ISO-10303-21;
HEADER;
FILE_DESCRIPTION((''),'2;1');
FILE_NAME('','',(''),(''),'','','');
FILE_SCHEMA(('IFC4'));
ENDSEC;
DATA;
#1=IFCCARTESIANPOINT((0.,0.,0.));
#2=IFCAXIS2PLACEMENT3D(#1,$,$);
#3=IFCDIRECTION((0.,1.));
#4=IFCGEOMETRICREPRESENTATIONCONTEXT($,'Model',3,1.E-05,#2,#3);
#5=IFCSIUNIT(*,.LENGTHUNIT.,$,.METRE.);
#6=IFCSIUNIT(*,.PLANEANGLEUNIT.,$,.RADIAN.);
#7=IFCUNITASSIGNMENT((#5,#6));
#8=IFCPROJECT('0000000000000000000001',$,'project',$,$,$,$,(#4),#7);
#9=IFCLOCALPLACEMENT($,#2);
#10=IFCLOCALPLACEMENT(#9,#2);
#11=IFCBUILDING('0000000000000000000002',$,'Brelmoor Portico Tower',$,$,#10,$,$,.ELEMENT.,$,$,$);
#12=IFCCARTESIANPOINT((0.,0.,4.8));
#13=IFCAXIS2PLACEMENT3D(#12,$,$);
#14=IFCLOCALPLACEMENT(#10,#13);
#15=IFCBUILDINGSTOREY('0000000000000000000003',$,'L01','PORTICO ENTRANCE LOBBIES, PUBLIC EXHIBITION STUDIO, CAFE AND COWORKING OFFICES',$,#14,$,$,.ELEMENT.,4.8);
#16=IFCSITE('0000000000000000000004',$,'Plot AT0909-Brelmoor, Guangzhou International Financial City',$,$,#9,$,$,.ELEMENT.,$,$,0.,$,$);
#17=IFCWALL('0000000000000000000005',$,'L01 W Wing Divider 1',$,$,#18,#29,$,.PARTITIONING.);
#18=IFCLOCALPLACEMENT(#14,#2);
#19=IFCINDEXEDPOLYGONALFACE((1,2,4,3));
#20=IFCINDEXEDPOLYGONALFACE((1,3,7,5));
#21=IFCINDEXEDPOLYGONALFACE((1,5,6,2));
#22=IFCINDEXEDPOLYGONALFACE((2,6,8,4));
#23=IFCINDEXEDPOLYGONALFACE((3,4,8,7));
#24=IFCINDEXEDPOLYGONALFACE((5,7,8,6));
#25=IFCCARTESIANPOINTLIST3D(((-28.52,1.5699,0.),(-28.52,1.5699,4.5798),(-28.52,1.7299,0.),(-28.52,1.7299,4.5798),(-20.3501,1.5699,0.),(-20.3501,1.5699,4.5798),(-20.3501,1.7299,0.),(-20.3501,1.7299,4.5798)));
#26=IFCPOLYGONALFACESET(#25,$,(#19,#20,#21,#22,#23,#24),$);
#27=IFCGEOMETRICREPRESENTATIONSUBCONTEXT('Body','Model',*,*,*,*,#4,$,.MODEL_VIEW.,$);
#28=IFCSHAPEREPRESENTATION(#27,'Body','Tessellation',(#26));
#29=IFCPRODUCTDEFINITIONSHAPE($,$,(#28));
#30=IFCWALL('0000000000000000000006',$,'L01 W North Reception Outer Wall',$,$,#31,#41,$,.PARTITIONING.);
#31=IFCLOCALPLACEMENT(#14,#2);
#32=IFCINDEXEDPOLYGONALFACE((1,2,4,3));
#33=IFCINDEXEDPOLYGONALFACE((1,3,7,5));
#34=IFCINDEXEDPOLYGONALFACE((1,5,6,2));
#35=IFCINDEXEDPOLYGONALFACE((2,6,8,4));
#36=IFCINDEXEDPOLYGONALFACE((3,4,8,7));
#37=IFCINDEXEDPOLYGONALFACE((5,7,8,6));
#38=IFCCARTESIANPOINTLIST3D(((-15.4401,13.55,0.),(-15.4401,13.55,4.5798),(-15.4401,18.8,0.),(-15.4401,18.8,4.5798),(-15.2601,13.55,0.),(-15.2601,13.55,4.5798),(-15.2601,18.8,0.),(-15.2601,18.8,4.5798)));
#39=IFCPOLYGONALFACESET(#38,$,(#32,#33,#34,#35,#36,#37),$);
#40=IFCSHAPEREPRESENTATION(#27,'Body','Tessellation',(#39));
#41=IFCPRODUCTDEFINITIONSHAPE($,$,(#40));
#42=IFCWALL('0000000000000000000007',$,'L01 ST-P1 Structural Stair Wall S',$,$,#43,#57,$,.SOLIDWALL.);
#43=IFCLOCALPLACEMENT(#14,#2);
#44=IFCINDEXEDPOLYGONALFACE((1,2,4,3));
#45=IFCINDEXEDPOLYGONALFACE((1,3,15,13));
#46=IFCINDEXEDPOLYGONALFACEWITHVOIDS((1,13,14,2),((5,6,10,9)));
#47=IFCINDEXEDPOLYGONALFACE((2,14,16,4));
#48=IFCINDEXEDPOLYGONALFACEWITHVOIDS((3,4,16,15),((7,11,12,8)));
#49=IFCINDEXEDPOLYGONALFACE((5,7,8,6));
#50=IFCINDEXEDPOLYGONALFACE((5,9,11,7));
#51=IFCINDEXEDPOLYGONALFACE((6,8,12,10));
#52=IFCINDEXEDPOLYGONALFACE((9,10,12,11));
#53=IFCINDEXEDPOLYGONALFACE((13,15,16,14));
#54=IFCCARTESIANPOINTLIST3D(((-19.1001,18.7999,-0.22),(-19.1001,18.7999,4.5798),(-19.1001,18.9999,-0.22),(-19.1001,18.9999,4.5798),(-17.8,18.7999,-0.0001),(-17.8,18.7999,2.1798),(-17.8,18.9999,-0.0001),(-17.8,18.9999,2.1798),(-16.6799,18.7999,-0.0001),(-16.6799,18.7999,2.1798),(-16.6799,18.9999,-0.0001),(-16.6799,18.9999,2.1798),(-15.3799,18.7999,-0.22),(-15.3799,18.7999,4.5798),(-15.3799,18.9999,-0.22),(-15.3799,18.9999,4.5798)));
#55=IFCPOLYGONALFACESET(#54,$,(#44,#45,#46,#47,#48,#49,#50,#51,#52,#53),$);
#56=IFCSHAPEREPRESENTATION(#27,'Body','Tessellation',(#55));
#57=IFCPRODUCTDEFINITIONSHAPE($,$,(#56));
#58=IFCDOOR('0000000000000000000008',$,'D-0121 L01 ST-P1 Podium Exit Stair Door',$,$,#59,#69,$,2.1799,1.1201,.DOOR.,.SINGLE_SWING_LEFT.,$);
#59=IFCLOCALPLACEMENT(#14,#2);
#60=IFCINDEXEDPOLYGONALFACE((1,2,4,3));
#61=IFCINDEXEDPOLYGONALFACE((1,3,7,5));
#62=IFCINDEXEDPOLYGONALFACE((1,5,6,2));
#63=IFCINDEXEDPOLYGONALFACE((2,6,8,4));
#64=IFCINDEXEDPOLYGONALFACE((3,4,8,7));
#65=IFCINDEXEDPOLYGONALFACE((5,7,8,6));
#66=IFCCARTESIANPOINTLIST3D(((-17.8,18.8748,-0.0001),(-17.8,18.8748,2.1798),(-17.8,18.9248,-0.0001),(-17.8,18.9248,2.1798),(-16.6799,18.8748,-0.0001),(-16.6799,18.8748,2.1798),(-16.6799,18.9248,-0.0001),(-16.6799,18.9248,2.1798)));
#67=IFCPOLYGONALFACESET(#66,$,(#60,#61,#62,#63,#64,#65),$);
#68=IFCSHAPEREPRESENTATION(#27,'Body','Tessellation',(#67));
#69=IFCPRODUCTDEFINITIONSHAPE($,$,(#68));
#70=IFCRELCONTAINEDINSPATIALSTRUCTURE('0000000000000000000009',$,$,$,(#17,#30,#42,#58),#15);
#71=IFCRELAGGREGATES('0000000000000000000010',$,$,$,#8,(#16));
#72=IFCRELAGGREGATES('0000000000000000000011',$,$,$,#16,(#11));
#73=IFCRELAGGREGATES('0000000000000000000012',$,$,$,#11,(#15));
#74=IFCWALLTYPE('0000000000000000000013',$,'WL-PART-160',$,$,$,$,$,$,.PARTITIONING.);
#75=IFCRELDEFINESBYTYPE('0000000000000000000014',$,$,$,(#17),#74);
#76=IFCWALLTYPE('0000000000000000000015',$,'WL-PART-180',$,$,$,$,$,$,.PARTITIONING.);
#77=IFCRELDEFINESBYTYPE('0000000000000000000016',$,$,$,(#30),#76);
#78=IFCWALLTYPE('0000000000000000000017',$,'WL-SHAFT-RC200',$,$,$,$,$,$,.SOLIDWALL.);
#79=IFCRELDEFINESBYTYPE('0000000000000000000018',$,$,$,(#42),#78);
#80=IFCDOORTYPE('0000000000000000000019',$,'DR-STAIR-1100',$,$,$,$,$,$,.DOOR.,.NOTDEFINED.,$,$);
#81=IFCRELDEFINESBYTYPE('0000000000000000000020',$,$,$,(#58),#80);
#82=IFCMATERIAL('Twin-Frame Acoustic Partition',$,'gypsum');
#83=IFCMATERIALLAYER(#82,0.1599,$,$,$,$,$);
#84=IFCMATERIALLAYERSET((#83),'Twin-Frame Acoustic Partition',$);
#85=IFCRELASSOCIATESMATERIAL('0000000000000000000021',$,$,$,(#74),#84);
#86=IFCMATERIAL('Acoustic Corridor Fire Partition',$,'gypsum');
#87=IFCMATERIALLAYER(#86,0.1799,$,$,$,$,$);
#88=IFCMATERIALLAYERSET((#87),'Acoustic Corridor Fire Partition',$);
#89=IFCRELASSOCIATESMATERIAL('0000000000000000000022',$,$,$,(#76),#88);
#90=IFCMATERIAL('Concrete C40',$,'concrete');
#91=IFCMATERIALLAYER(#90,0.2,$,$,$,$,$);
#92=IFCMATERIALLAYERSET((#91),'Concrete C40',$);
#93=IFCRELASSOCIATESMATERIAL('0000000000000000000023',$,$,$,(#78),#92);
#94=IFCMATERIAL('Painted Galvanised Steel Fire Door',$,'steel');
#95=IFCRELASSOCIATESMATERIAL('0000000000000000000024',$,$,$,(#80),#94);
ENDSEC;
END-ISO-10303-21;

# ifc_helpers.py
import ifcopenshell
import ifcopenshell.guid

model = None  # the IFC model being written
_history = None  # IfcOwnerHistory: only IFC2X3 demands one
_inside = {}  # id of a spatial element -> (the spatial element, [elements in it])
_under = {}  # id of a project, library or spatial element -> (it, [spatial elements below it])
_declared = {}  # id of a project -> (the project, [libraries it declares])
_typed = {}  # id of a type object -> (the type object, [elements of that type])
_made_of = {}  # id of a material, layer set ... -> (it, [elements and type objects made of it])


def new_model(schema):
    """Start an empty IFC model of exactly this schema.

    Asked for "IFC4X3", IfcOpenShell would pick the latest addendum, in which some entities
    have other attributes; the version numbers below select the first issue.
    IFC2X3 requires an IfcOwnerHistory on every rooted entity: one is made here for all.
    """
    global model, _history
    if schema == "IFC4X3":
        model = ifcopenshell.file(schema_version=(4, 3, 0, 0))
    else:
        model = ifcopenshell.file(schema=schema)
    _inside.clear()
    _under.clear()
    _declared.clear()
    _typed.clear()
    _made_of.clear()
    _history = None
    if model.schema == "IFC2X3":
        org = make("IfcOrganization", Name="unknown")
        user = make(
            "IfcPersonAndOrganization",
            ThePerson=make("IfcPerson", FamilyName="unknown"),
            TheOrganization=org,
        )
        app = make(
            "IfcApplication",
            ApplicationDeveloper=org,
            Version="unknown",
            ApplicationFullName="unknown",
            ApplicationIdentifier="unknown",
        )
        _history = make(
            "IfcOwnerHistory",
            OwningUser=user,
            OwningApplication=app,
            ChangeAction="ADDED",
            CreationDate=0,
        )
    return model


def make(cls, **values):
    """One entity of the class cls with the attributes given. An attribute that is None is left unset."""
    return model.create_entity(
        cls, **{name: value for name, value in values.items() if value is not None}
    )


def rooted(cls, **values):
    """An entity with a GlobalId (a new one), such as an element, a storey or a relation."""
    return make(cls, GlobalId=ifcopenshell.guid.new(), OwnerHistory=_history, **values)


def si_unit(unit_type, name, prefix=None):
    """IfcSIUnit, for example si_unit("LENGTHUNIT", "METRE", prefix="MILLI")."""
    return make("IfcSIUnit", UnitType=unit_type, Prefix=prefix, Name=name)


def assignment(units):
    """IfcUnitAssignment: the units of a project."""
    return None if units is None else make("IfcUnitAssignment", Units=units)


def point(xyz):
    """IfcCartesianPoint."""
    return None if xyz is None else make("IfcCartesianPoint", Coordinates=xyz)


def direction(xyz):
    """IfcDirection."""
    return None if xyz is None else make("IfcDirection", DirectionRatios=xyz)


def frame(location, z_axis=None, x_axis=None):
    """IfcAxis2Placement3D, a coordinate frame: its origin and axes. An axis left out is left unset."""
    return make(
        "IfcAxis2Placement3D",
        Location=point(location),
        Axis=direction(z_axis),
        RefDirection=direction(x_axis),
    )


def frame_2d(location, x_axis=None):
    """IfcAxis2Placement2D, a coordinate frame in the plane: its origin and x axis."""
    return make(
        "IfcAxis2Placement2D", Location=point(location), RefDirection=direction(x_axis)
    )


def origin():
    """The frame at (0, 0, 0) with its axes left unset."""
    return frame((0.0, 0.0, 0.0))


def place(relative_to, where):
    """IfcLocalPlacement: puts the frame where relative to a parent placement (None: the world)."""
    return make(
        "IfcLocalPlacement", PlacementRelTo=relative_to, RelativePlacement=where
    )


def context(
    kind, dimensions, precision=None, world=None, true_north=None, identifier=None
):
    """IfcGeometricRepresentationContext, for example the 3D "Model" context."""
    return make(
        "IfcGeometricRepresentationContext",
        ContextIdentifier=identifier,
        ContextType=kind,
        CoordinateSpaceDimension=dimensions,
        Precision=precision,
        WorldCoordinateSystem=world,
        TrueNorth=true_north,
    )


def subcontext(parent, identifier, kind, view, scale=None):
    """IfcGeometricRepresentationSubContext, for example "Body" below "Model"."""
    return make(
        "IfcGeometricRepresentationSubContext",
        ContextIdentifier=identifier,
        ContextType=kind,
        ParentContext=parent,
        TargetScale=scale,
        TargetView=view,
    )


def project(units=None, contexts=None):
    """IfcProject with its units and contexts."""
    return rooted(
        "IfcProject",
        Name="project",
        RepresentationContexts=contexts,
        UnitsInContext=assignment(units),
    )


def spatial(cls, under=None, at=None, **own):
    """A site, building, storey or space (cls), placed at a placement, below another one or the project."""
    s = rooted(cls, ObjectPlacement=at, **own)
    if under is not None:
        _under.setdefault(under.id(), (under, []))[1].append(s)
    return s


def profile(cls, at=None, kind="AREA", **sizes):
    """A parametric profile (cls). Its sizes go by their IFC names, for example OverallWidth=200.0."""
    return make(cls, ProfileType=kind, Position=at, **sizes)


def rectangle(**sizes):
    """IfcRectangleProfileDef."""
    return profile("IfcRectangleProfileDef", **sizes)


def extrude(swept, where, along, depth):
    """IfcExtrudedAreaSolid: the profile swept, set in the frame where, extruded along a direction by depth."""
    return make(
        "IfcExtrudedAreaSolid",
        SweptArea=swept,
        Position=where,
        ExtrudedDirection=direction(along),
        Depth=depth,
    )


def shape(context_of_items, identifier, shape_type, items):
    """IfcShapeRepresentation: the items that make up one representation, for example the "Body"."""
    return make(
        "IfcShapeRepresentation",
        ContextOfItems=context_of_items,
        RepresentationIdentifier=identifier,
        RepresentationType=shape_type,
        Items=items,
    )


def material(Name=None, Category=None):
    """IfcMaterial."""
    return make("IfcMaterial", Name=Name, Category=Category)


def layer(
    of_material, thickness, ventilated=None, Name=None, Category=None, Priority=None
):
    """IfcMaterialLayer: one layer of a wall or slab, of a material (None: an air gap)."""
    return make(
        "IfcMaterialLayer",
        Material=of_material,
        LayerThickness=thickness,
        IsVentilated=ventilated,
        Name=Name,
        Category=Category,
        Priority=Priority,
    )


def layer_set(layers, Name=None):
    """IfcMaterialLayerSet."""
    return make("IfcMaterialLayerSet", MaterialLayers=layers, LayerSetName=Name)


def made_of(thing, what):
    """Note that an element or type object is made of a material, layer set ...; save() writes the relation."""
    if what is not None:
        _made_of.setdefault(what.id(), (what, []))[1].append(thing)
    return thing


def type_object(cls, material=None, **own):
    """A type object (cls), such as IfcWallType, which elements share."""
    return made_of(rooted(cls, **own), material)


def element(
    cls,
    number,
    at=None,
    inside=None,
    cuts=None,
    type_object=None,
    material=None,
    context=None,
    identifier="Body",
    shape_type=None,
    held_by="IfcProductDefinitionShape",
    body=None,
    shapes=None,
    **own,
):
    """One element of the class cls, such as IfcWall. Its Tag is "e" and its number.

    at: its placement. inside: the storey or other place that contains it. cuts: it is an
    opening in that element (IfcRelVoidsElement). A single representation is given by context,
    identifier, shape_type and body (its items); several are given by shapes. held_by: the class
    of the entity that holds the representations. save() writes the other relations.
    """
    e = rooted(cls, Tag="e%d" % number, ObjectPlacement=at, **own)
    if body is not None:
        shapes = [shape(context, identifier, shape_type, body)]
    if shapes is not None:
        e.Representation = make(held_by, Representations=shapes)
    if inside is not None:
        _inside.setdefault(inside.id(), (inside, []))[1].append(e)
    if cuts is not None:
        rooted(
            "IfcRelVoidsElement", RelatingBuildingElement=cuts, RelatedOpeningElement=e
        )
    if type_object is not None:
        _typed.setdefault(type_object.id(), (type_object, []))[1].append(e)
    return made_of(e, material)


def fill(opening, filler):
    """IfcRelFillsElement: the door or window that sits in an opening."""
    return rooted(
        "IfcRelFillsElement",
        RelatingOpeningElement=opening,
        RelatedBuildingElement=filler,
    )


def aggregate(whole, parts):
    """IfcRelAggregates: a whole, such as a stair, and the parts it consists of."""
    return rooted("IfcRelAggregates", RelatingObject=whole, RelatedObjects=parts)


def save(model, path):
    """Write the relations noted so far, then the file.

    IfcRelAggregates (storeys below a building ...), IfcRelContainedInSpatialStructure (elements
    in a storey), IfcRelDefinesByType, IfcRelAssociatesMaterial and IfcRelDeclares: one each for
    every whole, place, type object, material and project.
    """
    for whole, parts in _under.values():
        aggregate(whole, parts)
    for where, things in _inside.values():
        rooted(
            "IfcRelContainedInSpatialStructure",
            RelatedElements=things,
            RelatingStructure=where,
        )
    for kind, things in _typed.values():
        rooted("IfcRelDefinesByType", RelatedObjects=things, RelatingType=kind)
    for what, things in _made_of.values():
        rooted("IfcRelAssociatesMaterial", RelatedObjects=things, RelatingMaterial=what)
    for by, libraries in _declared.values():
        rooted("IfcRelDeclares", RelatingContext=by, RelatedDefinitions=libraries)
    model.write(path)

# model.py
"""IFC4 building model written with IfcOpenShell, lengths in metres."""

from ifc_helpers import new_model, si_unit, direction, frame, frame_2d, origin, place, context, subcontext, project, spatial, rectangle, extrude, material, layer, layer_set, type_object, element, fill, save


model = new_model("IFC4")

# Units and contexts
model_context = context("Model", 3, precision=1e-05, world=origin(), true_north=direction((0.0, 1.0)))
body_context = subcontext(model_context, "Body", "Model", "MODEL_VIEW")
ifc_project = project(units=[si_unit("LENGTHUNIT", "METRE"), si_unit("PLANEANGLEUNIT", "RADIAN")], contexts=[model_context])

# Site, building, storey
site_placement = place(None, origin())
site = spatial("IfcSite", under=ifc_project, at=site_placement, Name="Plot AT0909-Brelmoor, Guangzhou International Financial City", CompositionType="ELEMENT", RefElevation=0.0)
building_placement = place(site_placement, origin())
building = spatial("IfcBuilding", under=site, at=building_placement, Name="Brelmoor Portico Tower", CompositionType="ELEMENT")
storey_placement = place(building_placement, frame((0.0, 0.0, 4.8)))
storey = spatial("IfcBuildingStorey", under=building, at=storey_placement, Name="L01", Description="PORTICO ENTRANCE LOBBIES, PUBLIC EXHIBITION STUDIO, CAFE AND COWORKING OFFICES", CompositionType="ELEMENT", Elevation=4.8)

# Walls
ifc_material_1 = material(Name="Twin-Frame Acoustic Partition", Category="gypsum")
ifc_layer_1 = layer(ifc_material_1, 0.1599)
ifc_layer_set_1 = layer_set([ifc_layer_1], Name="Twin-Frame Acoustic Partition")
wall_type_1 = type_object("IfcWallType", Name="WL-PART-160", PredefinedType="PARTITIONING", material=ifc_layer_set_1)
wall_1_placement = place(storey_placement, frame((-20.3501, 1.6499, 0.0), z_axis=(0.0, 0.0, 1.0), x_axis=(-1.0, 0.0, 0.0)))
element("IfcWall", 1, at=wall_1_placement, inside=storey, type_object=wall_type_1, Name="L01 W Wing Divider 1", PredefinedType="PARTITIONING", context=body_context, shape_type="SweptSolid", body=[
    extrude(rectangle(XDim=8.1699, YDim=0.1599, at=frame_2d((4.085, 0.0))), origin(), (0.0, 0.0, 1.0), 4.5798),
])
ifc_material_2 = material(Name="Acoustic Corridor Fire Partition", Category="gypsum")
ifc_layer_2 = layer(ifc_material_2, 0.1799)
ifc_layer_set_2 = layer_set([ifc_layer_2], Name="Acoustic Corridor Fire Partition")
wall_type_2 = type_object("IfcWallType", Name="WL-PART-180", PredefinedType="PARTITIONING", material=ifc_layer_set_2)
wall_2_placement = place(storey_placement, frame((-15.3501, 13.55, 0.0), z_axis=(0.0, 0.0, 1.0), x_axis=(0.0, 1.0, 0.0)))
element("IfcWall", 2, at=wall_2_placement, inside=storey, type_object=wall_type_2, Name="L01 W North Reception Outer Wall", PredefinedType="PARTITIONING", context=body_context, shape_type="SweptSolid", body=[
    extrude(rectangle(XDim=5.25, YDim=0.1799, at=frame_2d((2.625, 0.0))), origin(), (0.0, 0.0, 1.0), 4.5798),
])

# Wall, opening, door
ifc_material_3 = material(Name="Concrete C40", Category="concrete")
ifc_layer_3 = layer(ifc_material_3, 0.2)
ifc_layer_set_3 = layer_set([ifc_layer_3], Name="Concrete C40")
wall_type_3 = type_object("IfcWallType", Name="WL-SHAFT-RC200", PredefinedType="SOLIDWALL", material=ifc_layer_set_3)
wall_3_placement = place(storey_placement, frame((-19.1001, 18.8999, -0.22), z_axis=(0.0, 0.0, 1.0), x_axis=(1.0, 0.0, 0.0)))
wall_3 = element("IfcWall", 3, at=wall_3_placement, inside=storey, type_object=wall_type_3, Name="L01 ST-P1 Structural Stair Wall S", PredefinedType="SOLIDWALL", context=body_context, shape_type="SweptSolid", body=[
    extrude(rectangle(XDim=3.7202, YDim=0.2, at=frame_2d((1.8601, 0.0))), origin(), (0.0, 0.0, 1.0), 4.7998),
])
opening_placement = place(wall_3_placement, frame((1.3, 0.0, 0.22)))
opening = element("IfcOpeningElement", 4, at=opening_placement, cuts=wall_3, PredefinedType="OPENING", context=body_context, shape_type="SweptSolid", body=[
    extrude(rectangle(XDim=1.1201, YDim=2.1799, at=frame_2d((0.5601, 1.0898))), frame((0.0, 0.1099, 0.0), z_axis=(0.0, -1.0, 0.0), x_axis=(1.0, 0.0, 0.0)), (0.0, 0.0, 1.0), 0.22),
])
ifc_material_4 = material(Name="Painted Galvanised Steel Fire Door", Category="steel")
door_type = type_object("IfcDoorType", Name="DR-STAIR-1100", OperationType="NOTDEFINED", PredefinedType="DOOR", material=ifc_material_4)
door_placement = place(opening_placement, origin())
door = element("IfcDoor", 5, at=door_placement, inside=storey, type_object=door_type, Name="D-0121 L01 ST-P1 Podium Exit Stair Door", OperationType="SINGLE_SWING_LEFT", OverallHeight=2.1799, OverallWidth=1.1201, PredefinedType="DOOR", context=body_context, shape_type="SweptSolid", body=[
    extrude(rectangle(XDim=1.1201, YDim=2.1799, at=frame_2d((0.5601, 1.0898))), frame((0.0, 0.0249, 0.0), z_axis=(0.0, -1.0, 0.0), x_axis=(1.0, 0.0, 0.0)), (0.0, 0.0, 1.0), 0.05),
])
fill(opening, door)

save(model, "model.ifc")
